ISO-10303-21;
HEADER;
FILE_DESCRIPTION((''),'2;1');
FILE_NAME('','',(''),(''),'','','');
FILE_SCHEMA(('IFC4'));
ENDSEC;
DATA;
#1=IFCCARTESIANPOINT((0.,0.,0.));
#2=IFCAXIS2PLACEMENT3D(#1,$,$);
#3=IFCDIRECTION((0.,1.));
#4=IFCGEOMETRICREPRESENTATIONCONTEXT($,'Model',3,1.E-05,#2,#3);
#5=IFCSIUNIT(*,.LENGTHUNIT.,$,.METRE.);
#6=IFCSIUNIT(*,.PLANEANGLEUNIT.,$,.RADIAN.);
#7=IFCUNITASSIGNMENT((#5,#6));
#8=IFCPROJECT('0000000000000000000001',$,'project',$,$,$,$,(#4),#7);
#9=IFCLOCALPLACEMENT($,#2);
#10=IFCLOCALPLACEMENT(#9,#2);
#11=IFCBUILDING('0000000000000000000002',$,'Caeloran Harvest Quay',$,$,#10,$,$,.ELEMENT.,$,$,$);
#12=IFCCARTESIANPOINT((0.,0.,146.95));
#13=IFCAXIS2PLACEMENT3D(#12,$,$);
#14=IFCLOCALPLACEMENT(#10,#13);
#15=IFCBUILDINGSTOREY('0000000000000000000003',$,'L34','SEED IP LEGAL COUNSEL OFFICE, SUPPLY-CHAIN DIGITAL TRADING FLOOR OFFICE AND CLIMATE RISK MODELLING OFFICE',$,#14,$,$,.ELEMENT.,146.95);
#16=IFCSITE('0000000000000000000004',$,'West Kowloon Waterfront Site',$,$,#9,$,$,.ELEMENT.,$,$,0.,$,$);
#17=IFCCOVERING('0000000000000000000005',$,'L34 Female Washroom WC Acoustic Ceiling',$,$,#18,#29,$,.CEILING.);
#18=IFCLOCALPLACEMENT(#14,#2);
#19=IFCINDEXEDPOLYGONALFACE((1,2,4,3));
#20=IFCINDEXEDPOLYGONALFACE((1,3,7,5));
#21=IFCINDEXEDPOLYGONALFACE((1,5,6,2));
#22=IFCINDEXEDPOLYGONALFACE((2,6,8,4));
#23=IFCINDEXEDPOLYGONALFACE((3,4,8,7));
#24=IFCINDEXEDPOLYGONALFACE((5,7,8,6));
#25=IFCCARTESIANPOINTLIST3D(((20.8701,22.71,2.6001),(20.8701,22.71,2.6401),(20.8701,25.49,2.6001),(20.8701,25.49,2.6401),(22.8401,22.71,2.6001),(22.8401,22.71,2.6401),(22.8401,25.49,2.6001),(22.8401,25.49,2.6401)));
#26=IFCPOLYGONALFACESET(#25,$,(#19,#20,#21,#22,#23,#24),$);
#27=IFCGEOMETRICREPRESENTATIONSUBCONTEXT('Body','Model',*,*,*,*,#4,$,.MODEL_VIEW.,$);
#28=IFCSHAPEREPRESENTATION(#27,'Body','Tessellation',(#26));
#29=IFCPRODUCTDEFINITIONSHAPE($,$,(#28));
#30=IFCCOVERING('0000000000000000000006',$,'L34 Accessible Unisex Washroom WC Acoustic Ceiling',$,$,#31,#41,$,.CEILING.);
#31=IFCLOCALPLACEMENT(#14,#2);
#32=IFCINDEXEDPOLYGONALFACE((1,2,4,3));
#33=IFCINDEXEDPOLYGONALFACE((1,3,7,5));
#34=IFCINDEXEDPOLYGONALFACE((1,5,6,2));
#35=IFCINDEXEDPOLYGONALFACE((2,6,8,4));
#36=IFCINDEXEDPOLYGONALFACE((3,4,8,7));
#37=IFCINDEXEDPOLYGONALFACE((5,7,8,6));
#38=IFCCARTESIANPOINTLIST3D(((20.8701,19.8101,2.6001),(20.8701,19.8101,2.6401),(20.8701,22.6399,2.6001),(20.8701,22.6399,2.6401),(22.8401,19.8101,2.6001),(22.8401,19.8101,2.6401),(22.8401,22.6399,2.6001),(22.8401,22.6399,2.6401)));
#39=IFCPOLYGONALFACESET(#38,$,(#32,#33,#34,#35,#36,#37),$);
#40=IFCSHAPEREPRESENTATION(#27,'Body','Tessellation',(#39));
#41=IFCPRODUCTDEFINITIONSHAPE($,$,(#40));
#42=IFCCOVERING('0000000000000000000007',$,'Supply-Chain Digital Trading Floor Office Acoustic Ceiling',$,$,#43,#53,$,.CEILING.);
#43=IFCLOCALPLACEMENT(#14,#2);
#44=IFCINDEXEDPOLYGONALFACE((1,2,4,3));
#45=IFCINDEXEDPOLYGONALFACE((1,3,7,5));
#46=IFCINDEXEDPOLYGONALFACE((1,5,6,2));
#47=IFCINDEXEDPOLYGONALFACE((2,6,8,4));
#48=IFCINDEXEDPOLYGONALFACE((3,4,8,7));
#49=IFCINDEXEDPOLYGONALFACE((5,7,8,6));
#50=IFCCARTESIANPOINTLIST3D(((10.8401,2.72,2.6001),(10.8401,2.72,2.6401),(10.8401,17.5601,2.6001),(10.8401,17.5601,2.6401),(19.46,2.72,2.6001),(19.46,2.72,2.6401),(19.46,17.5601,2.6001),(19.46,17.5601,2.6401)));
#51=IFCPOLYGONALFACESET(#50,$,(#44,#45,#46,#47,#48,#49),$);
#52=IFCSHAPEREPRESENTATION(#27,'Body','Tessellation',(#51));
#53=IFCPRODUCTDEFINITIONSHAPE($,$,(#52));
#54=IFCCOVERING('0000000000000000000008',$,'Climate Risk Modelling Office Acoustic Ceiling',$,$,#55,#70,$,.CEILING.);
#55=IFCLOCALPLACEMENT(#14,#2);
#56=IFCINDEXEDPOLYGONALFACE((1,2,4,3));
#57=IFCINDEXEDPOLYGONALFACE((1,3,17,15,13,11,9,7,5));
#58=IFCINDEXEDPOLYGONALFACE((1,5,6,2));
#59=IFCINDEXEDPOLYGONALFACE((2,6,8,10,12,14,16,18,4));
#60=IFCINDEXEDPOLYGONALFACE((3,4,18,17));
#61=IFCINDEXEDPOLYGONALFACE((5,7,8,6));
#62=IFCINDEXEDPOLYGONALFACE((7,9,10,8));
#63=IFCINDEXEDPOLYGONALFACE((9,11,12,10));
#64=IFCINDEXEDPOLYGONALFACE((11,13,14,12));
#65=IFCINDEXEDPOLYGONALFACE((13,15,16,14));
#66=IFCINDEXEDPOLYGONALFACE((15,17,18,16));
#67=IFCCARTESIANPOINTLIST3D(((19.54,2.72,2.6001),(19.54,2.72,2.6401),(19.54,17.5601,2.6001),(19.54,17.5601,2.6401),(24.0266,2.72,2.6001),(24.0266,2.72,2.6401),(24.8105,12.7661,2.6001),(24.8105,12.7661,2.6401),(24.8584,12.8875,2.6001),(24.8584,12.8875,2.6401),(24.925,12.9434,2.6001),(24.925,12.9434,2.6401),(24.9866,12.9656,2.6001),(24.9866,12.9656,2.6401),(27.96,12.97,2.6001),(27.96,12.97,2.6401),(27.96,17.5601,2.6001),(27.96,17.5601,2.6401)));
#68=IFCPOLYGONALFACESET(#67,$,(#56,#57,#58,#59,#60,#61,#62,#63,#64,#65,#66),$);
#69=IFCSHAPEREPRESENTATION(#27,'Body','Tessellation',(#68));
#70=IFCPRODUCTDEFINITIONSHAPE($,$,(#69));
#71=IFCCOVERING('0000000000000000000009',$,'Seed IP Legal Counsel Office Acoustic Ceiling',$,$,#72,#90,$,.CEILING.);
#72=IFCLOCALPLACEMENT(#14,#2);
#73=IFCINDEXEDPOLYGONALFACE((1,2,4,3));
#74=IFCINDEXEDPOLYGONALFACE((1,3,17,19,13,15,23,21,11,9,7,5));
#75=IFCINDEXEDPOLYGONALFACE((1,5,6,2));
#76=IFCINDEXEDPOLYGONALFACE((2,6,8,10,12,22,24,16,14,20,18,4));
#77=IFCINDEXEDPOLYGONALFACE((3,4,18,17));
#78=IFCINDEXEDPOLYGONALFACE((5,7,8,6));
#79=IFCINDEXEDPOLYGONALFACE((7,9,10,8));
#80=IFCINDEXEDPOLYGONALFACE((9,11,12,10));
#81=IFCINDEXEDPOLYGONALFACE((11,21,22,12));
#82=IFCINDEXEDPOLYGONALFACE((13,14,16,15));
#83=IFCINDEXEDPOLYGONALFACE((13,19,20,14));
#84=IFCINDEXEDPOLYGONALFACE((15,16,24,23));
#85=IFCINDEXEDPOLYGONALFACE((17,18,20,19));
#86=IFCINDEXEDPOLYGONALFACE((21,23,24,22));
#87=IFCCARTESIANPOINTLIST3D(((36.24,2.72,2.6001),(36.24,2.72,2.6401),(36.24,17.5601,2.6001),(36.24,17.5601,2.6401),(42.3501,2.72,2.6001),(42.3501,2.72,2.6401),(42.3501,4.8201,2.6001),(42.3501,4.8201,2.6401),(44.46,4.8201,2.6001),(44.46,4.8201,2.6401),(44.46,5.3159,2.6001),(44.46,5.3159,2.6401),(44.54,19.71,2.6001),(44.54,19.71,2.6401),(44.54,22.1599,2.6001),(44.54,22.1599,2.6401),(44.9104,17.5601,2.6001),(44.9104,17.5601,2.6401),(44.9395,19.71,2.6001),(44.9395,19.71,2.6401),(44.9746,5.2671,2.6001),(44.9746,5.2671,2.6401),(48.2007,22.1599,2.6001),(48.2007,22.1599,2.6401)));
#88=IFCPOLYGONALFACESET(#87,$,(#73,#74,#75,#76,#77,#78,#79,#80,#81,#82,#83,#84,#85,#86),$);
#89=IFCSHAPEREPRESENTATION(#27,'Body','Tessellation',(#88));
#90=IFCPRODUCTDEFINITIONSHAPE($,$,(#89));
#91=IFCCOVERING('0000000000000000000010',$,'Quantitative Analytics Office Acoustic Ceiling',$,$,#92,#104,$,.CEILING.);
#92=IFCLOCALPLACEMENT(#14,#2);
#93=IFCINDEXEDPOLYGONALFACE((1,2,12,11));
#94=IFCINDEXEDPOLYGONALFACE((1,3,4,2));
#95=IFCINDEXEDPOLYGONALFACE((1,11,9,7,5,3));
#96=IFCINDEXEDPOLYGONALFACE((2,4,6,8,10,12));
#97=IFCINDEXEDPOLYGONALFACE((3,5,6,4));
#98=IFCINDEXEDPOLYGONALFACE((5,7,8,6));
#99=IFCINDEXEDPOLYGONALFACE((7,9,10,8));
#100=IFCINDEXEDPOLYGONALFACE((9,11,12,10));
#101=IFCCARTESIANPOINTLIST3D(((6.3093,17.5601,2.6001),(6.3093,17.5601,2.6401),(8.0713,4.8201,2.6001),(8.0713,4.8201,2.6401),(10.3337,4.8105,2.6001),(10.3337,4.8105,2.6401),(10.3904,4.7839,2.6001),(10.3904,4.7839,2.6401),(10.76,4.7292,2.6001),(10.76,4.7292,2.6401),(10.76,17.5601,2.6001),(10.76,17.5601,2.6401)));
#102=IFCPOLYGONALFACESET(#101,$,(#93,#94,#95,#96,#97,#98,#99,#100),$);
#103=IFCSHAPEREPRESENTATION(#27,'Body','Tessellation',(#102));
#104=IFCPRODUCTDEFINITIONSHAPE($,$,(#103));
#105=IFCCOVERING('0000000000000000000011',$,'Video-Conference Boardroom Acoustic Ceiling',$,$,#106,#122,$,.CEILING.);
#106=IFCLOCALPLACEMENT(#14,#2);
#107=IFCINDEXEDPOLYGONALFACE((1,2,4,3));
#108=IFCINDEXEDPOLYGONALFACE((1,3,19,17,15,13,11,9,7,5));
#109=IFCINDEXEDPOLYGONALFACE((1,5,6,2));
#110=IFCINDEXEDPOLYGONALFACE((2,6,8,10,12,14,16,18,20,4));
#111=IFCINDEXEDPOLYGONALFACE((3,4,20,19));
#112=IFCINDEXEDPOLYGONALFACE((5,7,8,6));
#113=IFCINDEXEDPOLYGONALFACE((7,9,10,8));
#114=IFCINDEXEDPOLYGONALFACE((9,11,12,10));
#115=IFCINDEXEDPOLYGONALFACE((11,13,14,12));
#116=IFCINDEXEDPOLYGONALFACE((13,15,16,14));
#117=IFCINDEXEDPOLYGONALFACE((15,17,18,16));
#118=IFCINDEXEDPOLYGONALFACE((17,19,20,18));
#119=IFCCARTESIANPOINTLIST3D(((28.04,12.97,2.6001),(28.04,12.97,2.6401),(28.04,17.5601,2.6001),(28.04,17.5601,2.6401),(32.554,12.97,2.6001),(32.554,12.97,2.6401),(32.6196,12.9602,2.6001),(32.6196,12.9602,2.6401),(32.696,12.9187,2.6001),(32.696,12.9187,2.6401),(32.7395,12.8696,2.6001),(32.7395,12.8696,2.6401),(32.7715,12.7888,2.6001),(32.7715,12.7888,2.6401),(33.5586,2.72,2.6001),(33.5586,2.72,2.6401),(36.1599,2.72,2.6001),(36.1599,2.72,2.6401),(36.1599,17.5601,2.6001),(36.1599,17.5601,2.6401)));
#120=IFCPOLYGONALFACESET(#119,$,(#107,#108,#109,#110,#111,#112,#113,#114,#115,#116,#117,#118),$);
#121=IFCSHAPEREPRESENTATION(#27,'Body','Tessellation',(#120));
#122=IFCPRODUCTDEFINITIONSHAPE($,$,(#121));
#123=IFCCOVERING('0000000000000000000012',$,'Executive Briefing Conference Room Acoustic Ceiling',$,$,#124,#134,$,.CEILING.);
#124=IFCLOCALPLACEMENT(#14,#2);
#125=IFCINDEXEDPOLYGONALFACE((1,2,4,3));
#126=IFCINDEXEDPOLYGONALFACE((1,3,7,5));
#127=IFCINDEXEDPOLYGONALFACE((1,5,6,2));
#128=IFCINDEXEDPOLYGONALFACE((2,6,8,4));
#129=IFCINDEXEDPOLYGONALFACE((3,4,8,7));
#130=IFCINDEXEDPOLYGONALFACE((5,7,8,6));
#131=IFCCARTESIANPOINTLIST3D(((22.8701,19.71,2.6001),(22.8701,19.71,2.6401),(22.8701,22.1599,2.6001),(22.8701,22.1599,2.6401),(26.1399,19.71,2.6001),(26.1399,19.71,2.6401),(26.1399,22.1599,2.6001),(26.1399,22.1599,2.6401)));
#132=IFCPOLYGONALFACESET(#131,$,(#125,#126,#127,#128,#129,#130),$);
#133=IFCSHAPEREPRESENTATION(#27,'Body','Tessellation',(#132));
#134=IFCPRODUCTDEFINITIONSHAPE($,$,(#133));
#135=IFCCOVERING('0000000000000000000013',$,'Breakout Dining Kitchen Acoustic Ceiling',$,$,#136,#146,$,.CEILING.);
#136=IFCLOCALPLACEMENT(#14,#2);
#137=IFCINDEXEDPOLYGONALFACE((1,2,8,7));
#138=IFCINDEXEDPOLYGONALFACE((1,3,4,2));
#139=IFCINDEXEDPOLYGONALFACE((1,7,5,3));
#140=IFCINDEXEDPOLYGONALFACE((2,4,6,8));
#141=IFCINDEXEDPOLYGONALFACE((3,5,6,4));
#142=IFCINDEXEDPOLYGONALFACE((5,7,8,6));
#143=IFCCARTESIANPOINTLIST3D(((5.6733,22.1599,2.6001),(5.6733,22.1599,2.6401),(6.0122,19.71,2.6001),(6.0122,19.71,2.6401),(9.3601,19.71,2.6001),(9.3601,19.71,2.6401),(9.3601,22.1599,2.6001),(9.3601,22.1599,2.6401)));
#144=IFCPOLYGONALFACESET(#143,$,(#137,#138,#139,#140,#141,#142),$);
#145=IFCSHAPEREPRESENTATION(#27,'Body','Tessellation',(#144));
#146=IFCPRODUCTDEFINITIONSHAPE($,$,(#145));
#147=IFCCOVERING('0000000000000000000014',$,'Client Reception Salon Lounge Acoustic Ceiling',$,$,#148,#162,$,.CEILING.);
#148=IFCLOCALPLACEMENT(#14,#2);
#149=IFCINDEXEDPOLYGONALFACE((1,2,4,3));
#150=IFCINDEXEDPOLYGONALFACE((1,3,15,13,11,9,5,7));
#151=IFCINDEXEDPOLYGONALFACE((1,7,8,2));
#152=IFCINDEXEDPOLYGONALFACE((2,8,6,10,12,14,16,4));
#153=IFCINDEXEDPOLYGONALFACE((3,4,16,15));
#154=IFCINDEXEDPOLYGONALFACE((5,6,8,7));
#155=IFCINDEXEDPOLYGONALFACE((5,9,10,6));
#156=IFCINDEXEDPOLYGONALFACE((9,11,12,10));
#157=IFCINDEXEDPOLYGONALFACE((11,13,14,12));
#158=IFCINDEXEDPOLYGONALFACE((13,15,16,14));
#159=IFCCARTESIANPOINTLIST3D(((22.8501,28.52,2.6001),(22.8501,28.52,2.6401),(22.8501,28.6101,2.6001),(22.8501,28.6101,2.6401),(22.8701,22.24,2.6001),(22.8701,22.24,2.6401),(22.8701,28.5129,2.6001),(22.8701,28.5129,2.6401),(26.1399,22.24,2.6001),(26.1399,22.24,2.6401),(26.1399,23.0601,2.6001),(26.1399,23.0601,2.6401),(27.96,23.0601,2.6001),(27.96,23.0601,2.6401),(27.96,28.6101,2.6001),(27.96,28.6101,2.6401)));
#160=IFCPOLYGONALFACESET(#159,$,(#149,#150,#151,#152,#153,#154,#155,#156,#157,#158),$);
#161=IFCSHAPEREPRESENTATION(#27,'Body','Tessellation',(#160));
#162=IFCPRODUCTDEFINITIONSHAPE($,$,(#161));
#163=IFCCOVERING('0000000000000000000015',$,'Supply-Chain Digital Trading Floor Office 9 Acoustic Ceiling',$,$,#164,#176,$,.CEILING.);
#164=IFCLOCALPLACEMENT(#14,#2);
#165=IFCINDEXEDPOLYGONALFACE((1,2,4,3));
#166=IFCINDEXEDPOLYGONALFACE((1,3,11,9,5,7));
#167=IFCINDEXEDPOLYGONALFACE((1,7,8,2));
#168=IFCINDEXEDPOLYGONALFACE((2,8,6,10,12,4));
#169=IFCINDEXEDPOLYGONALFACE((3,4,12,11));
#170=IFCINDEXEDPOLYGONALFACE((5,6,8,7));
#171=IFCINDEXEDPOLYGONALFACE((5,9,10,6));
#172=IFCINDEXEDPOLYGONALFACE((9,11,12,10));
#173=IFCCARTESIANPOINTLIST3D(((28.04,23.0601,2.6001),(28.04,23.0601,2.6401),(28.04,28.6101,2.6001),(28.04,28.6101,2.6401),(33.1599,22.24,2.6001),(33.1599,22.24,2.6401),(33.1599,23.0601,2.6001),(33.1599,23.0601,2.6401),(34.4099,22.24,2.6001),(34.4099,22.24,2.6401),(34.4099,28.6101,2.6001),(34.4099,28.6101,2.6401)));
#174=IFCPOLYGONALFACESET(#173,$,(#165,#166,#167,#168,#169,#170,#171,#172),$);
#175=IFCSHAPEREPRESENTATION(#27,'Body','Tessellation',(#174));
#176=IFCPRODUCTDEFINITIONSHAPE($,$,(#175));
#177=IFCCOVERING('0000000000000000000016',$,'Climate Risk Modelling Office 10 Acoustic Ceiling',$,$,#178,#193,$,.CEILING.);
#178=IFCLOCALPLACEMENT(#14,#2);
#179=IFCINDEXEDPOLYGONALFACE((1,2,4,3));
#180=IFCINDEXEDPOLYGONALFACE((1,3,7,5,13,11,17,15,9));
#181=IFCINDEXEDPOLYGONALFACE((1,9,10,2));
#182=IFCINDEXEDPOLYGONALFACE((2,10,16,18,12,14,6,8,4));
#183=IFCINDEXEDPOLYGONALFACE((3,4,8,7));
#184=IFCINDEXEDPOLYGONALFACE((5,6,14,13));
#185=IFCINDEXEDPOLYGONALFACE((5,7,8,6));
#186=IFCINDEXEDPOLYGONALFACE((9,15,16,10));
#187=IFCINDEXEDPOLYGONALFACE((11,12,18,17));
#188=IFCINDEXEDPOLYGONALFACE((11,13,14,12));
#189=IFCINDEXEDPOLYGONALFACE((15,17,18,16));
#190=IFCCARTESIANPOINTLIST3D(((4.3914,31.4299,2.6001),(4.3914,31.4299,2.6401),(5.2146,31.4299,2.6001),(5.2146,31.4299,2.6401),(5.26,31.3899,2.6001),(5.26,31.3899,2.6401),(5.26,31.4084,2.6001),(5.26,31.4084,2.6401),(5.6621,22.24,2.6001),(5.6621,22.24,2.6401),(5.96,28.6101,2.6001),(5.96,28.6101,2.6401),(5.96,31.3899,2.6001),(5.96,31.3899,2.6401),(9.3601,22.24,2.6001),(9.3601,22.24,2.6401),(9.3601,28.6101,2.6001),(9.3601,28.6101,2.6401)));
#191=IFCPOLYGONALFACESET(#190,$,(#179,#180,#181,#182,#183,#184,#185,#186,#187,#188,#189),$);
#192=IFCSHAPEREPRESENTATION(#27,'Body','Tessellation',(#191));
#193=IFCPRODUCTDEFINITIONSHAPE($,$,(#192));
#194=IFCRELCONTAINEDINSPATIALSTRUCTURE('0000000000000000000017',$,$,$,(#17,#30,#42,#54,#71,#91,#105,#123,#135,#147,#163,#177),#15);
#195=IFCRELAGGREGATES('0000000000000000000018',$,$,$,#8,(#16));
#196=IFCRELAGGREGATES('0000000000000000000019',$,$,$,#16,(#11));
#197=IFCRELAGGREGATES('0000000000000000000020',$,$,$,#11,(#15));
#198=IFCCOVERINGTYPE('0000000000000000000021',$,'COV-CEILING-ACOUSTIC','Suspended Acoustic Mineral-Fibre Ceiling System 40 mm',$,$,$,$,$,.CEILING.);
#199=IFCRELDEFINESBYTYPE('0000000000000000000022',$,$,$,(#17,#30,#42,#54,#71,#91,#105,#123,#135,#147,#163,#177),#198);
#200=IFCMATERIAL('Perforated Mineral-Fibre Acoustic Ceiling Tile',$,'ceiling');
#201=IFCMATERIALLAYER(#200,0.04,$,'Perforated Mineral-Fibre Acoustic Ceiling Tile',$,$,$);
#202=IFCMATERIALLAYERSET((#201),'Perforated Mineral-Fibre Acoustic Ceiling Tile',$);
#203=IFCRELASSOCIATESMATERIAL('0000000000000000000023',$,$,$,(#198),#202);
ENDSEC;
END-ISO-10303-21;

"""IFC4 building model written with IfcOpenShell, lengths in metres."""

from ifc_helpers import new_model, si_unit, direction, frame, origin, place, context, subcontext, project, spatial, polyline, outline, extrude, material, layer, layer_set, type_object, element, save


model = new_model("IFC4")

# Units and contexts
model_context = context("Model", 3, precision=1e-05, world=origin(), true_north=direction((0.0, 1.0)))
body_context = subcontext(model_context, "Body", "Model", "MODEL_VIEW")
ifc_project = project(units=[si_unit("LENGTHUNIT", "METRE"), si_unit("PLANEANGLEUNIT", "RADIAN")], contexts=[model_context])

# Site, building, storey
site_placement = place(None, origin())
site = spatial("IfcSite", under=ifc_project, at=site_placement, Name="West Kowloon Waterfront Site", CompositionType="ELEMENT", RefElevation=0.0)
building_placement = place(site_placement, origin())
building = spatial("IfcBuilding", under=site, at=building_placement, Name="Caeloran Harvest Quay", CompositionType="ELEMENT")
storey_placement = place(building_placement, frame((0.0, 0.0, 146.95)))
storey = spatial("IfcBuildingStorey", under=building, at=storey_placement, Name="L34", Description="SEED IP LEGAL COUNSEL OFFICE, SUPPLY-CHAIN DIGITAL TRADING FLOOR OFFICE AND CLIMATE RISK MODELLING OFFICE", CompositionType="ELEMENT", Elevation=146.95)

# Coverings
ifc_material_1 = material(Name="Perforated Mineral-Fibre Acoustic Ceiling Tile", Category="ceiling")
ifc_layer_1 = layer(ifc_material_1, 0.04, Name="Perforated Mineral-Fibre Acoustic Ceiling Tile")
ifc_layer_set_1 = layer_set([ifc_layer_1], Name="Perforated Mineral-Fibre Acoustic Ceiling Tile")
covering_type_1 = type_object("IfcCoveringType", Name="COV-CEILING-ACOUSTIC", Description="Suspended Acoustic Mineral-Fibre Ceiling System 40 mm", PredefinedType="CEILING", material=ifc_layer_set_1)
covering_1_placement = place(storey_placement, frame((0.0, 0.0, 2.6001)))
element("IfcCovering", 1, at=covering_1_placement, inside=storey, type_object=covering_type_1, Name="L34 Female Washroom WC Acoustic Ceiling", PredefinedType="CEILING", context=body_context, shape_type="SweptSolid", body=[
    extrude(outline(polyline([(22.8401, 22.71), (20.8701, 22.71), (20.8701, 25.49), (22.8401, 25.49), (22.8401, 22.71)])), origin(), (0.0, 0.0, 1.0), 0.04),
])
covering_2_placement = place(storey_placement, frame((0.0, 0.0, 2.6001)))
element("IfcCovering", 2, at=covering_2_placement, inside=storey, type_object=covering_type_1, Name="L34 Accessible Unisex Washroom WC Acoustic Ceiling", PredefinedType="CEILING", context=body_context, shape_type="SweptSolid", body=[
    extrude(outline(polyline([(22.8401, 19.8101), (20.8701, 19.8101), (20.8701, 22.6399), (22.8401, 22.6399), (22.8401, 19.8101)])), origin(), (0.0, 0.0, 1.0), 0.04),
])
covering_3_placement = place(storey_placement, frame((0.0, 0.0, 2.6001)))
element("IfcCovering", 3, at=covering_3_placement, inside=storey, type_object=covering_type_1, Name="Supply-Chain Digital Trading Floor Office Acoustic Ceiling", PredefinedType="CEILING", context=body_context, shape_type="SweptSolid", body=[
    extrude(outline(polyline([(19.46, 2.72), (10.8401, 2.72), (10.8401, 17.5601), (19.46, 17.5601), (19.46, 2.72)])), origin(), (0.0, 0.0, 1.0), 0.04),
])
covering_4_placement = place(storey_placement, frame((0.0, 0.0, 2.6001)))
element("IfcCovering", 4, at=covering_4_placement, inside=storey, type_object=covering_type_1, Name="Climate Risk Modelling Office Acoustic Ceiling", PredefinedType="CEILING", context=body_context, shape_type="SweptSolid", body=[
    extrude(outline(polyline([(24.9866, 12.9656), (24.925, 12.9434), (24.8584, 12.8875), (24.8105, 12.7661), (24.0266, 2.72), (19.54, 2.72), (19.54, 17.5601), (27.96, 17.5601), (27.96, 12.97), (24.9866, 12.9656)])), origin(), (0.0, 0.0, 1.0), 0.04),
])
covering_5_placement = place(storey_placement, frame((0.0, 0.0, 2.6001)))
element("IfcCovering", 5, at=covering_5_placement, inside=storey, type_object=covering_type_1, Name="Seed IP Legal Counsel Office Acoustic Ceiling", PredefinedType="CEILING", context=body_context, shape_type="SweptSolid", body=[
    extrude(outline(polyline([(44.54, 19.71), (44.54, 22.1599), (48.2007, 22.1599), (44.9746, 5.2671), (44.46, 5.3159), (44.46, 4.8201), (42.3501, 4.8201), (42.3501, 2.72), (36.24, 2.72), (36.24, 17.5601), (44.9104, 17.5601), (44.9395, 19.71), (44.54, 19.71)])), origin(), (0.0, 0.0, 1.0), 0.04),
])
covering_6_placement = place(storey_placement, frame((0.0, 0.0, 2.6001)))
element("IfcCovering", 6, at=covering_6_placement, inside=storey, type_object=covering_type_1, Name="Quantitative Analytics Office Acoustic Ceiling", PredefinedType="CEILING", context=body_context, shape_type="SweptSolid", body=[
    extrude(outline(polyline([(10.3337, 4.8105), (8.0713, 4.8201), (6.3093, 17.5601), (10.76, 17.5601), (10.76, 4.7292), (10.3904, 4.7839), (10.3337, 4.8105)])), origin(), (0.0, 0.0, 1.0), 0.04),
])
covering_7_placement = place(storey_placement, frame((0.0, 0.0, 2.6001)))
element("IfcCovering", 7, at=covering_7_placement, inside=storey, type_object=covering_type_1, Name="Video-Conference Boardroom Acoustic Ceiling", PredefinedType="CEILING", context=body_context, shape_type="SweptSolid", body=[
    extrude(outline(polyline([(32.7715, 12.7888), (32.7395, 12.8696), (32.696, 12.9187), (32.6196, 12.9602), (32.554, 12.97), (28.04, 12.97), (28.04, 17.5601), (36.1599, 17.5601), (36.1599, 2.72), (33.5586, 2.72), (32.7715, 12.7888)])), origin(), (0.0, 0.0, 1.0), 0.04),
])
covering_8_placement = place(storey_placement, frame((0.0, 0.0, 2.6001)))
element("IfcCovering", 8, at=covering_8_placement, inside=storey, type_object=covering_type_1, Name="Executive Briefing Conference Room Acoustic Ceiling", PredefinedType="CEILING", context=body_context, shape_type="SweptSolid", body=[
    extrude(outline(polyline([(26.1399, 22.1599), (26.1399, 19.71), (22.8701, 19.71), (22.8701, 22.1599), (26.1399, 22.1599)])), origin(), (0.0, 0.0, 1.0), 0.04),
])
covering_9_placement = place(storey_placement, frame((0.0, 0.0, 2.6001)))
element("IfcCovering", 9, at=covering_9_placement, inside=storey, type_object=covering_type_1, Name="Breakout Dining Kitchen Acoustic Ceiling", PredefinedType="CEILING", context=body_context, shape_type="SweptSolid", body=[
    extrude(outline(polyline([(5.6733, 22.1599), (9.3601, 22.1599), (9.3601, 19.71), (6.0122, 19.71), (5.6733, 22.1599)])), origin(), (0.0, 0.0, 1.0), 0.04),
])
covering_10_placement = place(storey_placement, frame((0.0, 0.0, 2.6001)))
element("IfcCovering", 10, at=covering_10_placement, inside=storey, type_object=covering_type_1, Name="Client Reception Salon Lounge Acoustic Ceiling", PredefinedType="CEILING", context=body_context, shape_type="SweptSolid", body=[
    extrude(outline(polyline([(22.8701, 28.5129), (22.8501, 28.52), (22.8501, 28.6101), (27.96, 28.6101), (27.96, 23.0601), (26.1399, 23.0601), (26.1399, 22.24), (22.8701, 22.24), (22.8701, 28.5129)])), origin(), (0.0, 0.0, 1.0), 0.04),
])
covering_11_placement = place(storey_placement, frame((0.0, 0.0, 2.6001)))
element("IfcCovering", 11, at=covering_11_placement, inside=storey, type_object=covering_type_1, Name="Supply-Chain Digital Trading Floor Office 9 Acoustic Ceiling", PredefinedType="CEILING", context=body_context, shape_type="SweptSolid", body=[
    extrude(outline(polyline([(33.1599, 23.0601), (28.04, 23.0601), (28.04, 28.6101), (34.4099, 28.6101), (34.4099, 22.24), (33.1599, 22.24), (33.1599, 23.0601)])), origin(), (0.0, 0.0, 1.0), 0.04),
])
covering_12_placement = place(storey_placement, frame((0.0, 0.0, 2.6001)))
element("IfcCovering", 12, at=covering_12_placement, inside=storey, type_object=covering_type_1, Name="Climate Risk Modelling Office 10 Acoustic Ceiling", PredefinedType="CEILING", context=body_context, shape_type="SweptSolid", body=[
    extrude(outline(polyline([(5.96, 31.3899), (5.96, 28.6101), (9.3601, 28.6101), (9.3601, 22.24), (5.6621, 22.24), (4.3914, 31.4299), (5.2146, 31.4299), (5.26, 31.4084), (5.26, 31.3899), (5.96, 31.3899)])), origin(), (0.0, 0.0, 1.0), 0.04),
])

save(model, "model.ifc")
